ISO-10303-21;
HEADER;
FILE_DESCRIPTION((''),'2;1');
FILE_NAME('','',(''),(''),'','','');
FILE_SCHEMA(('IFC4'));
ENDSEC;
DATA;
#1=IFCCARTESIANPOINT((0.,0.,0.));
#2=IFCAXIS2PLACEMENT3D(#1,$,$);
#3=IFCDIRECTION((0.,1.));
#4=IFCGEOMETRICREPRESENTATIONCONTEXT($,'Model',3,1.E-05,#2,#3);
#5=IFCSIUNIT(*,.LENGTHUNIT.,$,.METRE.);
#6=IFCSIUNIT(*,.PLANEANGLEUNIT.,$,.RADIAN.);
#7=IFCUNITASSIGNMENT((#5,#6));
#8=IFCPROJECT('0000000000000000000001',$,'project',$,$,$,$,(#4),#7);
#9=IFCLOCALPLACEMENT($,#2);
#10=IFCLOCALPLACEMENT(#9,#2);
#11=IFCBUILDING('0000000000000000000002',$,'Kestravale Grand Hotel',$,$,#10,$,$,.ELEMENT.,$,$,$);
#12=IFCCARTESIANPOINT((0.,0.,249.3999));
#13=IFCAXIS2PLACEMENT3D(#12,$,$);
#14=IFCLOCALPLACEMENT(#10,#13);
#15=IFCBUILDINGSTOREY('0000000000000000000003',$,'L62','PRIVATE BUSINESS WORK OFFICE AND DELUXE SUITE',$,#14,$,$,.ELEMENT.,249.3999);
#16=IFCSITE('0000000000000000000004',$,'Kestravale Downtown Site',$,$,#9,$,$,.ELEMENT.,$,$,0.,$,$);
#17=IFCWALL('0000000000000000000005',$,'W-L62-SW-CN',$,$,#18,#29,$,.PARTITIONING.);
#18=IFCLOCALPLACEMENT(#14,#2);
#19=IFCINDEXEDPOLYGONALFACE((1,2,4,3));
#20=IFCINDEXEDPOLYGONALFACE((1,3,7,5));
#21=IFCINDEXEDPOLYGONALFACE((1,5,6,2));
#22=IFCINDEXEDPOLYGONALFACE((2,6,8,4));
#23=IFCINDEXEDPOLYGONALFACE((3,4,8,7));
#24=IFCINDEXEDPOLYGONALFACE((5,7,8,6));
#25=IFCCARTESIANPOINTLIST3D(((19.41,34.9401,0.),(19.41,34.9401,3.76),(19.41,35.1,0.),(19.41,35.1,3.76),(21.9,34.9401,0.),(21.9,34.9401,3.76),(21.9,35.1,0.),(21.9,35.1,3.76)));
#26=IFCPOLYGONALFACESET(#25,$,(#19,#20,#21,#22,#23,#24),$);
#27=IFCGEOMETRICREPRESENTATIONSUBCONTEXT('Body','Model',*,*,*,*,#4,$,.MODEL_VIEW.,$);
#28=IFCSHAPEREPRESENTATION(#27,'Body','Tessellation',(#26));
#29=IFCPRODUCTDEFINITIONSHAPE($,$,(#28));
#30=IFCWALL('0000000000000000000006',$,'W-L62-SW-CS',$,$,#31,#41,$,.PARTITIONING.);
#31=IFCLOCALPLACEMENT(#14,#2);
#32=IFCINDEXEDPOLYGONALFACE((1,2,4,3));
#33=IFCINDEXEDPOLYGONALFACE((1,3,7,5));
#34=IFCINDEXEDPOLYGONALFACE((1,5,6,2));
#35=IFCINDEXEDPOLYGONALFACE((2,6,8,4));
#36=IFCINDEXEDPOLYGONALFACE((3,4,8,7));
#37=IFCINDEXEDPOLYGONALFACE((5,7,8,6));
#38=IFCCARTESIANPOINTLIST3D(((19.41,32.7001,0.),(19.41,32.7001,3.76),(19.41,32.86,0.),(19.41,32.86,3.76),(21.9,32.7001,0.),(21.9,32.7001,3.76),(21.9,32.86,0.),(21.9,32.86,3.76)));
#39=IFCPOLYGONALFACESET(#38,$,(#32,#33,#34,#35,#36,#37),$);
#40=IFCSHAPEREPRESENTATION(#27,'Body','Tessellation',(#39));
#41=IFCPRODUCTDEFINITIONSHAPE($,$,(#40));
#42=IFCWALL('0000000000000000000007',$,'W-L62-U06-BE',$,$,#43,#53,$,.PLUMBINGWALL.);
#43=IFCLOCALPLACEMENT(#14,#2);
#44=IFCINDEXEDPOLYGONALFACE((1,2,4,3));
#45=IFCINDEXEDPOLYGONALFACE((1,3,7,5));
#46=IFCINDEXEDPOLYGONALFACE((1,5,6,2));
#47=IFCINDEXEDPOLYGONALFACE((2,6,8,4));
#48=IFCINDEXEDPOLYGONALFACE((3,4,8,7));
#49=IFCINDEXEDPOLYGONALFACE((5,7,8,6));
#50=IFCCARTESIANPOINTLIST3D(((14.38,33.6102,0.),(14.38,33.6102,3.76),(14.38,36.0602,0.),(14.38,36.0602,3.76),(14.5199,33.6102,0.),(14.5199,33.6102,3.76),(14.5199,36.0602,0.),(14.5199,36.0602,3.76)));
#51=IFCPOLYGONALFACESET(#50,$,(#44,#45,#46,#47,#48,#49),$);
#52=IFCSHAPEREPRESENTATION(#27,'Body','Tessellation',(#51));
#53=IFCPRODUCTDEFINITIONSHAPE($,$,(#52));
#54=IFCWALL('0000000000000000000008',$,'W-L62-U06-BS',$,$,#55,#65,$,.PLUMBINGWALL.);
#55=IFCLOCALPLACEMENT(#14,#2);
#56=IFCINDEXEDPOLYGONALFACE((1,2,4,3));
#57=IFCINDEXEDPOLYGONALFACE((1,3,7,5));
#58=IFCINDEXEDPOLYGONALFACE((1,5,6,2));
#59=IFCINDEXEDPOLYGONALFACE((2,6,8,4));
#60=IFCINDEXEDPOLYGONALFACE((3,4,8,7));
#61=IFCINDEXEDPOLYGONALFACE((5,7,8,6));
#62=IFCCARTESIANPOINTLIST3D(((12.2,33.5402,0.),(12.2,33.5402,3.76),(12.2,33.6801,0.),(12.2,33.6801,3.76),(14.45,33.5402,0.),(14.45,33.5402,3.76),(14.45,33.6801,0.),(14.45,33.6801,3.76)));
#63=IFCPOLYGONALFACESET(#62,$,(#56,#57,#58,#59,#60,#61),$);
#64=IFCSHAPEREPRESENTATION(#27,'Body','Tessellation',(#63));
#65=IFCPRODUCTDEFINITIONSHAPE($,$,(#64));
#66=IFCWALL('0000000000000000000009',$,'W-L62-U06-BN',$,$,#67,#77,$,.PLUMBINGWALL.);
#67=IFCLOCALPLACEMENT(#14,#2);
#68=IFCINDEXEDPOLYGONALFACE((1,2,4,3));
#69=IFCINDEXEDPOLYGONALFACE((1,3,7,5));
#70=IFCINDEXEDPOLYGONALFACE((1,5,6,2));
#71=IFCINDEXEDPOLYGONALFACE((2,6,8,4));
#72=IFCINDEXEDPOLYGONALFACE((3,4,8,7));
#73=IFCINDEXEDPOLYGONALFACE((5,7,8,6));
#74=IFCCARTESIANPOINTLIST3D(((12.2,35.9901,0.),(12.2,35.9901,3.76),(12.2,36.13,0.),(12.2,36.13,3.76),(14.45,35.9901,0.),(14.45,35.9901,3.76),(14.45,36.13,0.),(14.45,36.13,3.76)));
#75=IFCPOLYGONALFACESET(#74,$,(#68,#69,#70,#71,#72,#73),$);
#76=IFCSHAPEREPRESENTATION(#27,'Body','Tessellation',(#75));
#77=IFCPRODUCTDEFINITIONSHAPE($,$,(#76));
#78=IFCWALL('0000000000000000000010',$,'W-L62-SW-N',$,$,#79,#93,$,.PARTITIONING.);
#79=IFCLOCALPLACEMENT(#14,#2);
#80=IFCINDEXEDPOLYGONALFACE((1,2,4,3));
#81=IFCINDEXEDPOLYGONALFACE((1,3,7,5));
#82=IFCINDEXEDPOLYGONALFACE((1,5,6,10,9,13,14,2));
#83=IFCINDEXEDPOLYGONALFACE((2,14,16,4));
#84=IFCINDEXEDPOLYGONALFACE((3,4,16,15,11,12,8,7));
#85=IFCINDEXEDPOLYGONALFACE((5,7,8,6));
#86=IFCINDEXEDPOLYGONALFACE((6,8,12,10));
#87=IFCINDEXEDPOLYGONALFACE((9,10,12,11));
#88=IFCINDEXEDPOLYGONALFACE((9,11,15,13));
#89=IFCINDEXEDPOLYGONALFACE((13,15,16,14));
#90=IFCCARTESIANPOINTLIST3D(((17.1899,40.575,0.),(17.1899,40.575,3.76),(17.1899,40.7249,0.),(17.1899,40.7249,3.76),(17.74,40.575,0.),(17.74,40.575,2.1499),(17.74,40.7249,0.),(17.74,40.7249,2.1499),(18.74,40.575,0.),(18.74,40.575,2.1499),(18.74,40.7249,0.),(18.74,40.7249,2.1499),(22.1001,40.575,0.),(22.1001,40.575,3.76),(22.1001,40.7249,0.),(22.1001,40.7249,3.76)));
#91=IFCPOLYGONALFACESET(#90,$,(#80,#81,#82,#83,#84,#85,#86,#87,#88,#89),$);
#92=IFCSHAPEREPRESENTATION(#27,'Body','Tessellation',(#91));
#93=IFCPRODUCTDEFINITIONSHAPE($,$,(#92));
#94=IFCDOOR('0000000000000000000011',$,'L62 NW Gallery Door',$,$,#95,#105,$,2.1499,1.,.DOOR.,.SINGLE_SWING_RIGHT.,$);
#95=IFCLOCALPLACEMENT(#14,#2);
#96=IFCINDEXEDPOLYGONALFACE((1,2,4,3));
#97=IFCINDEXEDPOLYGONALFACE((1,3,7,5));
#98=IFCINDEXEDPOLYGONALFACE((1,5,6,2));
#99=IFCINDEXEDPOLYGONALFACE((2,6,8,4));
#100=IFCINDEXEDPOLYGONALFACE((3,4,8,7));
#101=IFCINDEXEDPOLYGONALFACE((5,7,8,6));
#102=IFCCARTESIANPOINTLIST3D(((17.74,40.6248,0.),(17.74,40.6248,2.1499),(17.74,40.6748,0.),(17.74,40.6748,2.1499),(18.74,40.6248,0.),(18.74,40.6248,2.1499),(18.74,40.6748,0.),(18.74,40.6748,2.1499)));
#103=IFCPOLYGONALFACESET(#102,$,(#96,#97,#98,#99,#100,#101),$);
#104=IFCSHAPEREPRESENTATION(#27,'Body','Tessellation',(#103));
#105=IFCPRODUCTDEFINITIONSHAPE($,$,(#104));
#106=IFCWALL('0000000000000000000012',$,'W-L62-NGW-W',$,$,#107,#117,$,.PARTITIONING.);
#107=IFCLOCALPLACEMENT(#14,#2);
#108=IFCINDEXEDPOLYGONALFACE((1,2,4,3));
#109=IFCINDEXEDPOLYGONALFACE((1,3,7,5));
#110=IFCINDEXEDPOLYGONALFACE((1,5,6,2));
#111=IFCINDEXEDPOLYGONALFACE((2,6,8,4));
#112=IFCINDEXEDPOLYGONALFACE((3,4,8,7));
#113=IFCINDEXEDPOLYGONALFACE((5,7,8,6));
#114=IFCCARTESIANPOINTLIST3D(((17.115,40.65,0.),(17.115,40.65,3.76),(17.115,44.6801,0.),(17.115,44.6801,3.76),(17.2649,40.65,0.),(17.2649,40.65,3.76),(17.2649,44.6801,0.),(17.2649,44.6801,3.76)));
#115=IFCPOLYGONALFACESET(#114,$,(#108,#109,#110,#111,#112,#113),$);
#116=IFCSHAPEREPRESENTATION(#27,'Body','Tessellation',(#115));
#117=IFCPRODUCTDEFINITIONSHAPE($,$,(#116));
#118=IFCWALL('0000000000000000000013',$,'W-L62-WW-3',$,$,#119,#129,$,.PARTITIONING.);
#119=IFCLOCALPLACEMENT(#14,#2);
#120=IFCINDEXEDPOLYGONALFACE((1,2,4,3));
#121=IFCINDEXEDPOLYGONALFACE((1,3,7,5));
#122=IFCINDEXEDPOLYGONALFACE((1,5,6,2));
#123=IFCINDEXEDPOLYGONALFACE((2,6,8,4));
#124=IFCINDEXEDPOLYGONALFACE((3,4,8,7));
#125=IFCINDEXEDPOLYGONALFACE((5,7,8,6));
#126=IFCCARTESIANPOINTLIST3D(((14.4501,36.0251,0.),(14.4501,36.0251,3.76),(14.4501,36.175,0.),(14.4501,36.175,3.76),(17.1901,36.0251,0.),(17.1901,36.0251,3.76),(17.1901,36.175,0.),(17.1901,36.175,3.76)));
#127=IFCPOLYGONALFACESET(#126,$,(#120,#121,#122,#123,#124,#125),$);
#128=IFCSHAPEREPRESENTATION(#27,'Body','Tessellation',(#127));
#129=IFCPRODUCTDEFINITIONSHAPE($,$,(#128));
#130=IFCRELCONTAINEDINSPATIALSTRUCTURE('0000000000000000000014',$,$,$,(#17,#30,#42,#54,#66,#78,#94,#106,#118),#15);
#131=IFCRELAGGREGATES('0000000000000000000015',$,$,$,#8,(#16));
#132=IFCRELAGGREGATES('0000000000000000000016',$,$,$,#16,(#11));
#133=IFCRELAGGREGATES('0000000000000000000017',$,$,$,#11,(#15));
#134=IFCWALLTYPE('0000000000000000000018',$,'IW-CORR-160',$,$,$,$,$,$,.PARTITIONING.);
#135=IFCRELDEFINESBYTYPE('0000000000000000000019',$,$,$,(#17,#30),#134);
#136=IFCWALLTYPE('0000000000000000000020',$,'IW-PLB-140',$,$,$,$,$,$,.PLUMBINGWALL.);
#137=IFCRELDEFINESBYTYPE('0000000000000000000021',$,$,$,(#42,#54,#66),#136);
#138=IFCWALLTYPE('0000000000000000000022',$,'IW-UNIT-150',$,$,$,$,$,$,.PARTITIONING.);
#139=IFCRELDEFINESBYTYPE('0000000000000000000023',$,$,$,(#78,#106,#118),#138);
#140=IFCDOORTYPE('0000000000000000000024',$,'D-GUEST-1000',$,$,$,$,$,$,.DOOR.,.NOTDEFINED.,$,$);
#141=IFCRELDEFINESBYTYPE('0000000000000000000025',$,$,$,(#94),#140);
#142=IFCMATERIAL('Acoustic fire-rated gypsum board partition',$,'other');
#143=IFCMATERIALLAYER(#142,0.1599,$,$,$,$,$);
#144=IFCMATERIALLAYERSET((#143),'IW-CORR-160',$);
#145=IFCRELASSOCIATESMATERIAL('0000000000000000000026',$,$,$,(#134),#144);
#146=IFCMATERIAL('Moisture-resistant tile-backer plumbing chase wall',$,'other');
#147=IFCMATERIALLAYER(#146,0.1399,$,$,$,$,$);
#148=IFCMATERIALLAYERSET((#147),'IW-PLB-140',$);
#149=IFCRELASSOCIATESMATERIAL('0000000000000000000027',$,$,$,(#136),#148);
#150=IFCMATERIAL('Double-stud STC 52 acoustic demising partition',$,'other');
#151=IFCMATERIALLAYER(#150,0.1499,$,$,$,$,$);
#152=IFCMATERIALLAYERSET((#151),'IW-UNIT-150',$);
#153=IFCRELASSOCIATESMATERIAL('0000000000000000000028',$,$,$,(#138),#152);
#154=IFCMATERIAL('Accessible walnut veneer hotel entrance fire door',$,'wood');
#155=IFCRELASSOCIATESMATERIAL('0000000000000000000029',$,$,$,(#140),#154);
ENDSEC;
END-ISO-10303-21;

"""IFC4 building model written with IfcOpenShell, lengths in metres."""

from ifc_helpers import new_model, si_unit, direction, frame, frame_2d, origin, place, context, subcontext, project, spatial, rectangle, extrude, material, layer, layer_set, type_object, element, fill, save


model = new_model("IFC4")

# Units and contexts
model_context = context("Model", 3, precision=1e-05, world=origin(), true_north=direction((0.0, 1.0)))
body_context = subcontext(model_context, "Body", "Model", "MODEL_VIEW")
ifc_project = project(units=[si_unit("LENGTHUNIT", "METRE"), si_unit("PLANEANGLEUNIT", "RADIAN")], contexts=[model_context])

# Site, building, storey
site_placement = place(None, origin())
site = spatial("IfcSite", under=ifc_project, at=site_placement, Name="Kestravale Downtown Site", CompositionType="ELEMENT", RefElevation=0.0)
building_placement = place(site_placement, origin())
building = spatial("IfcBuilding", under=site, at=building_placement, Name="Kestravale Grand Hotel", CompositionType="ELEMENT")
storey_placement = place(building_placement, frame((0.0, 0.0, 249.3999)))
storey = spatial("IfcBuildingStorey", under=building, at=storey_placement, Name="L62", Description="PRIVATE BUSINESS WORK OFFICE AND DELUXE SUITE", CompositionType="ELEMENT", Elevation=249.3999)

# Walls
ifc_material_1 = material(Name="Acoustic fire-rated gypsum board partition", Category="other")
ifc_layer_1 = layer(ifc_material_1, 0.1599)
ifc_layer_set_1 = layer_set([ifc_layer_1], Name="IW-CORR-160")
wall_type_1 = type_object("IfcWallType", Name="IW-CORR-160", PredefinedType="PARTITIONING", material=ifc_layer_set_1)
for number, where, z_axis, x_axis, name in (
    (1, (19.4099, 35.02, 0.0), (0.0, 0.0, 1.0), (1.0, 0.0, 0.0), "W-L62-SW-CN"),
    (2, (19.4099, 32.78, 0.0), (0.0, 0.0, 1.0), (1.0, 0.0, 0.0), "W-L62-SW-CS"),
):
    element("IfcWall", number, at=place(storey_placement, frame(where, z_axis=z_axis, x_axis=x_axis)), inside=storey, type_object=wall_type_1, Name=name, PredefinedType="PARTITIONING", context=body_context, shape_type="SweptSolid", body=[
        extrude(rectangle(XDim=2.49, YDim=0.1599, at=frame_2d((1.2451, 0.0))), origin(), (0.0, 0.0, 1.0), 3.76),
    ])
ifc_material_2 = material(Name="Moisture-resistant tile-backer plumbing chase wall", Category="other")
ifc_layer_2 = layer(ifc_material_2, 0.1399)
ifc_layer_set_2 = layer_set([ifc_layer_2], Name="IW-PLB-140")
wall_type_2 = type_object("IfcWallType", Name="IW-PLB-140", PredefinedType="PLUMBINGWALL", material=ifc_layer_set_2)
wall_1_placement = place(storey_placement, frame((14.45, 33.6101, 0.0), z_axis=(0.0, 0.0, 1.0), x_axis=(0.0, 1.0, 0.0)))
element("IfcWall", 3, at=wall_1_placement, inside=storey, type_object=wall_type_2, Name="W-L62-U06-BE", PredefinedType="PLUMBINGWALL", context=body_context, shape_type="SweptSolid", body=[
    extrude(rectangle(XDim=2.45, YDim=0.1399, at=frame_2d((1.2251, 0.0))), origin(), (0.0, 0.0, 1.0), 3.76),
])
for number, where, z_axis, x_axis, name in (
    (4, (12.2, 33.6101, 0.0), (0.0, 0.0, 1.0), (1.0, 0.0, 0.0), "W-L62-U06-BS"),
    (5, (12.2, 36.0601, 0.0), (0.0, 0.0, 1.0), (1.0, 0.0, 0.0), "W-L62-U06-BN"),
):
    element("IfcWall", number, at=place(storey_placement, frame(where, z_axis=z_axis, x_axis=x_axis)), inside=storey, type_object=wall_type_2, Name=name, PredefinedType="PLUMBINGWALL", context=body_context, shape_type="SweptSolid", body=[
        extrude(rectangle(XDim=2.25, YDim=0.1399, at=frame_2d((1.125, 0.0))), origin(), (0.0, 0.0, 1.0), 3.76),
    ])

# Wall, opening, door
ifc_material_3 = material(Name="Double-stud STC 52 acoustic demising partition", Category="other")
ifc_layer_3 = layer(ifc_material_3, 0.1499)
ifc_layer_set_3 = layer_set([ifc_layer_3], Name="IW-UNIT-150")
wall_type_3 = type_object("IfcWallType", Name="IW-UNIT-150", PredefinedType="PARTITIONING", material=ifc_layer_set_3)
wall_2_placement = place(storey_placement, frame((17.1899, 40.6499, 0.0), z_axis=(0.0, 0.0, 1.0), x_axis=(1.0, 0.0, 0.0)))
wall_2 = element("IfcWall", 6, at=wall_2_placement, inside=storey, type_object=wall_type_3, Name="W-L62-SW-N", PredefinedType="PARTITIONING", context=body_context, shape_type="SweptSolid", body=[
    extrude(rectangle(XDim=4.9102, YDim=0.1499, at=frame_2d((2.4551, 0.0))), origin(), (0.0, 0.0, 1.0), 3.76),
])
opening_1_placement = place(wall_2_placement, frame((0.55, 0.0, 0.0)))
opening_1 = element("IfcOpeningElement", 7, at=opening_1_placement, cuts=wall_2, PredefinedType="OPENING", context=body_context, shape_type="SweptSolid", body=[
    extrude(rectangle(XDim=1.0, YDim=2.1499, at=frame_2d((0.5, 1.075))), frame((0.0, 0.085, 0.0), z_axis=(0.0, -1.0, 0.0), x_axis=(1.0, 0.0, 0.0)), (0.0, 0.0, 1.0), 0.1699),
])
ifc_material_4 = material(Name="Accessible walnut veneer hotel entrance fire door", Category="wood")
door_type_1 = type_object("IfcDoorType", Name="D-GUEST-1000", OperationType="NOTDEFINED", PredefinedType="DOOR", material=ifc_material_4)
door_1_placement = place(opening_1_placement, origin())
door_1 = element("IfcDoor", 8, at=door_1_placement, inside=storey, type_object=door_type_1, Name="L62 NW Gallery Door", OperationType="SINGLE_SWING_RIGHT", OverallHeight=2.1499, OverallWidth=1.0, PredefinedType="DOOR", context=body_context, shape_type="SweptSolid", body=[
    extrude(rectangle(XDim=1.0, YDim=2.1499, at=frame_2d((0.5, 1.075))), frame((0.0, 0.0249, 0.0), z_axis=(0.0, -1.0, 0.0), x_axis=(1.0, 0.0, 0.0)), (0.0, 0.0, 1.0), 0.05),
])
fill(opening_1, door_1)

# Walls
wall_3_placement = place(storey_placement, frame((17.1899, 40.6499, 0.0), z_axis=(0.0, 0.0, 1.0), x_axis=(0.0, 1.0, 0.0)))
element("IfcWall", 9, at=wall_3_placement, inside=storey, type_object=wall_type_3, Name="W-L62-NGW-W", PredefinedType="PARTITIONING", context=body_context, shape_type="SweptSolid", body=[
    extrude(rectangle(XDim=4.03, YDim=0.1499, at=frame_2d((2.0151, 0.0))), origin(), (0.0, 0.0, 1.0), 3.76),
])
wall_4_placement = place(storey_placement, frame((14.45, 36.1001, 0.0), z_axis=(0.0, 0.0, 1.0), x_axis=(1.0, 0.0, 0.0)))
element("IfcWall", 10, at=wall_4_placement, inside=storey, type_object=wall_type_3, Name="W-L62-WW-3", PredefinedType="PARTITIONING", context=body_context, shape_type="SweptSolid", body=[
    extrude(rectangle(XDim=2.74, YDim=0.1499, at=frame_2d((1.3701, 0.0))), origin(), (0.0, 0.0, 1.0), 3.76),
])

save(model, "model.ifc")
